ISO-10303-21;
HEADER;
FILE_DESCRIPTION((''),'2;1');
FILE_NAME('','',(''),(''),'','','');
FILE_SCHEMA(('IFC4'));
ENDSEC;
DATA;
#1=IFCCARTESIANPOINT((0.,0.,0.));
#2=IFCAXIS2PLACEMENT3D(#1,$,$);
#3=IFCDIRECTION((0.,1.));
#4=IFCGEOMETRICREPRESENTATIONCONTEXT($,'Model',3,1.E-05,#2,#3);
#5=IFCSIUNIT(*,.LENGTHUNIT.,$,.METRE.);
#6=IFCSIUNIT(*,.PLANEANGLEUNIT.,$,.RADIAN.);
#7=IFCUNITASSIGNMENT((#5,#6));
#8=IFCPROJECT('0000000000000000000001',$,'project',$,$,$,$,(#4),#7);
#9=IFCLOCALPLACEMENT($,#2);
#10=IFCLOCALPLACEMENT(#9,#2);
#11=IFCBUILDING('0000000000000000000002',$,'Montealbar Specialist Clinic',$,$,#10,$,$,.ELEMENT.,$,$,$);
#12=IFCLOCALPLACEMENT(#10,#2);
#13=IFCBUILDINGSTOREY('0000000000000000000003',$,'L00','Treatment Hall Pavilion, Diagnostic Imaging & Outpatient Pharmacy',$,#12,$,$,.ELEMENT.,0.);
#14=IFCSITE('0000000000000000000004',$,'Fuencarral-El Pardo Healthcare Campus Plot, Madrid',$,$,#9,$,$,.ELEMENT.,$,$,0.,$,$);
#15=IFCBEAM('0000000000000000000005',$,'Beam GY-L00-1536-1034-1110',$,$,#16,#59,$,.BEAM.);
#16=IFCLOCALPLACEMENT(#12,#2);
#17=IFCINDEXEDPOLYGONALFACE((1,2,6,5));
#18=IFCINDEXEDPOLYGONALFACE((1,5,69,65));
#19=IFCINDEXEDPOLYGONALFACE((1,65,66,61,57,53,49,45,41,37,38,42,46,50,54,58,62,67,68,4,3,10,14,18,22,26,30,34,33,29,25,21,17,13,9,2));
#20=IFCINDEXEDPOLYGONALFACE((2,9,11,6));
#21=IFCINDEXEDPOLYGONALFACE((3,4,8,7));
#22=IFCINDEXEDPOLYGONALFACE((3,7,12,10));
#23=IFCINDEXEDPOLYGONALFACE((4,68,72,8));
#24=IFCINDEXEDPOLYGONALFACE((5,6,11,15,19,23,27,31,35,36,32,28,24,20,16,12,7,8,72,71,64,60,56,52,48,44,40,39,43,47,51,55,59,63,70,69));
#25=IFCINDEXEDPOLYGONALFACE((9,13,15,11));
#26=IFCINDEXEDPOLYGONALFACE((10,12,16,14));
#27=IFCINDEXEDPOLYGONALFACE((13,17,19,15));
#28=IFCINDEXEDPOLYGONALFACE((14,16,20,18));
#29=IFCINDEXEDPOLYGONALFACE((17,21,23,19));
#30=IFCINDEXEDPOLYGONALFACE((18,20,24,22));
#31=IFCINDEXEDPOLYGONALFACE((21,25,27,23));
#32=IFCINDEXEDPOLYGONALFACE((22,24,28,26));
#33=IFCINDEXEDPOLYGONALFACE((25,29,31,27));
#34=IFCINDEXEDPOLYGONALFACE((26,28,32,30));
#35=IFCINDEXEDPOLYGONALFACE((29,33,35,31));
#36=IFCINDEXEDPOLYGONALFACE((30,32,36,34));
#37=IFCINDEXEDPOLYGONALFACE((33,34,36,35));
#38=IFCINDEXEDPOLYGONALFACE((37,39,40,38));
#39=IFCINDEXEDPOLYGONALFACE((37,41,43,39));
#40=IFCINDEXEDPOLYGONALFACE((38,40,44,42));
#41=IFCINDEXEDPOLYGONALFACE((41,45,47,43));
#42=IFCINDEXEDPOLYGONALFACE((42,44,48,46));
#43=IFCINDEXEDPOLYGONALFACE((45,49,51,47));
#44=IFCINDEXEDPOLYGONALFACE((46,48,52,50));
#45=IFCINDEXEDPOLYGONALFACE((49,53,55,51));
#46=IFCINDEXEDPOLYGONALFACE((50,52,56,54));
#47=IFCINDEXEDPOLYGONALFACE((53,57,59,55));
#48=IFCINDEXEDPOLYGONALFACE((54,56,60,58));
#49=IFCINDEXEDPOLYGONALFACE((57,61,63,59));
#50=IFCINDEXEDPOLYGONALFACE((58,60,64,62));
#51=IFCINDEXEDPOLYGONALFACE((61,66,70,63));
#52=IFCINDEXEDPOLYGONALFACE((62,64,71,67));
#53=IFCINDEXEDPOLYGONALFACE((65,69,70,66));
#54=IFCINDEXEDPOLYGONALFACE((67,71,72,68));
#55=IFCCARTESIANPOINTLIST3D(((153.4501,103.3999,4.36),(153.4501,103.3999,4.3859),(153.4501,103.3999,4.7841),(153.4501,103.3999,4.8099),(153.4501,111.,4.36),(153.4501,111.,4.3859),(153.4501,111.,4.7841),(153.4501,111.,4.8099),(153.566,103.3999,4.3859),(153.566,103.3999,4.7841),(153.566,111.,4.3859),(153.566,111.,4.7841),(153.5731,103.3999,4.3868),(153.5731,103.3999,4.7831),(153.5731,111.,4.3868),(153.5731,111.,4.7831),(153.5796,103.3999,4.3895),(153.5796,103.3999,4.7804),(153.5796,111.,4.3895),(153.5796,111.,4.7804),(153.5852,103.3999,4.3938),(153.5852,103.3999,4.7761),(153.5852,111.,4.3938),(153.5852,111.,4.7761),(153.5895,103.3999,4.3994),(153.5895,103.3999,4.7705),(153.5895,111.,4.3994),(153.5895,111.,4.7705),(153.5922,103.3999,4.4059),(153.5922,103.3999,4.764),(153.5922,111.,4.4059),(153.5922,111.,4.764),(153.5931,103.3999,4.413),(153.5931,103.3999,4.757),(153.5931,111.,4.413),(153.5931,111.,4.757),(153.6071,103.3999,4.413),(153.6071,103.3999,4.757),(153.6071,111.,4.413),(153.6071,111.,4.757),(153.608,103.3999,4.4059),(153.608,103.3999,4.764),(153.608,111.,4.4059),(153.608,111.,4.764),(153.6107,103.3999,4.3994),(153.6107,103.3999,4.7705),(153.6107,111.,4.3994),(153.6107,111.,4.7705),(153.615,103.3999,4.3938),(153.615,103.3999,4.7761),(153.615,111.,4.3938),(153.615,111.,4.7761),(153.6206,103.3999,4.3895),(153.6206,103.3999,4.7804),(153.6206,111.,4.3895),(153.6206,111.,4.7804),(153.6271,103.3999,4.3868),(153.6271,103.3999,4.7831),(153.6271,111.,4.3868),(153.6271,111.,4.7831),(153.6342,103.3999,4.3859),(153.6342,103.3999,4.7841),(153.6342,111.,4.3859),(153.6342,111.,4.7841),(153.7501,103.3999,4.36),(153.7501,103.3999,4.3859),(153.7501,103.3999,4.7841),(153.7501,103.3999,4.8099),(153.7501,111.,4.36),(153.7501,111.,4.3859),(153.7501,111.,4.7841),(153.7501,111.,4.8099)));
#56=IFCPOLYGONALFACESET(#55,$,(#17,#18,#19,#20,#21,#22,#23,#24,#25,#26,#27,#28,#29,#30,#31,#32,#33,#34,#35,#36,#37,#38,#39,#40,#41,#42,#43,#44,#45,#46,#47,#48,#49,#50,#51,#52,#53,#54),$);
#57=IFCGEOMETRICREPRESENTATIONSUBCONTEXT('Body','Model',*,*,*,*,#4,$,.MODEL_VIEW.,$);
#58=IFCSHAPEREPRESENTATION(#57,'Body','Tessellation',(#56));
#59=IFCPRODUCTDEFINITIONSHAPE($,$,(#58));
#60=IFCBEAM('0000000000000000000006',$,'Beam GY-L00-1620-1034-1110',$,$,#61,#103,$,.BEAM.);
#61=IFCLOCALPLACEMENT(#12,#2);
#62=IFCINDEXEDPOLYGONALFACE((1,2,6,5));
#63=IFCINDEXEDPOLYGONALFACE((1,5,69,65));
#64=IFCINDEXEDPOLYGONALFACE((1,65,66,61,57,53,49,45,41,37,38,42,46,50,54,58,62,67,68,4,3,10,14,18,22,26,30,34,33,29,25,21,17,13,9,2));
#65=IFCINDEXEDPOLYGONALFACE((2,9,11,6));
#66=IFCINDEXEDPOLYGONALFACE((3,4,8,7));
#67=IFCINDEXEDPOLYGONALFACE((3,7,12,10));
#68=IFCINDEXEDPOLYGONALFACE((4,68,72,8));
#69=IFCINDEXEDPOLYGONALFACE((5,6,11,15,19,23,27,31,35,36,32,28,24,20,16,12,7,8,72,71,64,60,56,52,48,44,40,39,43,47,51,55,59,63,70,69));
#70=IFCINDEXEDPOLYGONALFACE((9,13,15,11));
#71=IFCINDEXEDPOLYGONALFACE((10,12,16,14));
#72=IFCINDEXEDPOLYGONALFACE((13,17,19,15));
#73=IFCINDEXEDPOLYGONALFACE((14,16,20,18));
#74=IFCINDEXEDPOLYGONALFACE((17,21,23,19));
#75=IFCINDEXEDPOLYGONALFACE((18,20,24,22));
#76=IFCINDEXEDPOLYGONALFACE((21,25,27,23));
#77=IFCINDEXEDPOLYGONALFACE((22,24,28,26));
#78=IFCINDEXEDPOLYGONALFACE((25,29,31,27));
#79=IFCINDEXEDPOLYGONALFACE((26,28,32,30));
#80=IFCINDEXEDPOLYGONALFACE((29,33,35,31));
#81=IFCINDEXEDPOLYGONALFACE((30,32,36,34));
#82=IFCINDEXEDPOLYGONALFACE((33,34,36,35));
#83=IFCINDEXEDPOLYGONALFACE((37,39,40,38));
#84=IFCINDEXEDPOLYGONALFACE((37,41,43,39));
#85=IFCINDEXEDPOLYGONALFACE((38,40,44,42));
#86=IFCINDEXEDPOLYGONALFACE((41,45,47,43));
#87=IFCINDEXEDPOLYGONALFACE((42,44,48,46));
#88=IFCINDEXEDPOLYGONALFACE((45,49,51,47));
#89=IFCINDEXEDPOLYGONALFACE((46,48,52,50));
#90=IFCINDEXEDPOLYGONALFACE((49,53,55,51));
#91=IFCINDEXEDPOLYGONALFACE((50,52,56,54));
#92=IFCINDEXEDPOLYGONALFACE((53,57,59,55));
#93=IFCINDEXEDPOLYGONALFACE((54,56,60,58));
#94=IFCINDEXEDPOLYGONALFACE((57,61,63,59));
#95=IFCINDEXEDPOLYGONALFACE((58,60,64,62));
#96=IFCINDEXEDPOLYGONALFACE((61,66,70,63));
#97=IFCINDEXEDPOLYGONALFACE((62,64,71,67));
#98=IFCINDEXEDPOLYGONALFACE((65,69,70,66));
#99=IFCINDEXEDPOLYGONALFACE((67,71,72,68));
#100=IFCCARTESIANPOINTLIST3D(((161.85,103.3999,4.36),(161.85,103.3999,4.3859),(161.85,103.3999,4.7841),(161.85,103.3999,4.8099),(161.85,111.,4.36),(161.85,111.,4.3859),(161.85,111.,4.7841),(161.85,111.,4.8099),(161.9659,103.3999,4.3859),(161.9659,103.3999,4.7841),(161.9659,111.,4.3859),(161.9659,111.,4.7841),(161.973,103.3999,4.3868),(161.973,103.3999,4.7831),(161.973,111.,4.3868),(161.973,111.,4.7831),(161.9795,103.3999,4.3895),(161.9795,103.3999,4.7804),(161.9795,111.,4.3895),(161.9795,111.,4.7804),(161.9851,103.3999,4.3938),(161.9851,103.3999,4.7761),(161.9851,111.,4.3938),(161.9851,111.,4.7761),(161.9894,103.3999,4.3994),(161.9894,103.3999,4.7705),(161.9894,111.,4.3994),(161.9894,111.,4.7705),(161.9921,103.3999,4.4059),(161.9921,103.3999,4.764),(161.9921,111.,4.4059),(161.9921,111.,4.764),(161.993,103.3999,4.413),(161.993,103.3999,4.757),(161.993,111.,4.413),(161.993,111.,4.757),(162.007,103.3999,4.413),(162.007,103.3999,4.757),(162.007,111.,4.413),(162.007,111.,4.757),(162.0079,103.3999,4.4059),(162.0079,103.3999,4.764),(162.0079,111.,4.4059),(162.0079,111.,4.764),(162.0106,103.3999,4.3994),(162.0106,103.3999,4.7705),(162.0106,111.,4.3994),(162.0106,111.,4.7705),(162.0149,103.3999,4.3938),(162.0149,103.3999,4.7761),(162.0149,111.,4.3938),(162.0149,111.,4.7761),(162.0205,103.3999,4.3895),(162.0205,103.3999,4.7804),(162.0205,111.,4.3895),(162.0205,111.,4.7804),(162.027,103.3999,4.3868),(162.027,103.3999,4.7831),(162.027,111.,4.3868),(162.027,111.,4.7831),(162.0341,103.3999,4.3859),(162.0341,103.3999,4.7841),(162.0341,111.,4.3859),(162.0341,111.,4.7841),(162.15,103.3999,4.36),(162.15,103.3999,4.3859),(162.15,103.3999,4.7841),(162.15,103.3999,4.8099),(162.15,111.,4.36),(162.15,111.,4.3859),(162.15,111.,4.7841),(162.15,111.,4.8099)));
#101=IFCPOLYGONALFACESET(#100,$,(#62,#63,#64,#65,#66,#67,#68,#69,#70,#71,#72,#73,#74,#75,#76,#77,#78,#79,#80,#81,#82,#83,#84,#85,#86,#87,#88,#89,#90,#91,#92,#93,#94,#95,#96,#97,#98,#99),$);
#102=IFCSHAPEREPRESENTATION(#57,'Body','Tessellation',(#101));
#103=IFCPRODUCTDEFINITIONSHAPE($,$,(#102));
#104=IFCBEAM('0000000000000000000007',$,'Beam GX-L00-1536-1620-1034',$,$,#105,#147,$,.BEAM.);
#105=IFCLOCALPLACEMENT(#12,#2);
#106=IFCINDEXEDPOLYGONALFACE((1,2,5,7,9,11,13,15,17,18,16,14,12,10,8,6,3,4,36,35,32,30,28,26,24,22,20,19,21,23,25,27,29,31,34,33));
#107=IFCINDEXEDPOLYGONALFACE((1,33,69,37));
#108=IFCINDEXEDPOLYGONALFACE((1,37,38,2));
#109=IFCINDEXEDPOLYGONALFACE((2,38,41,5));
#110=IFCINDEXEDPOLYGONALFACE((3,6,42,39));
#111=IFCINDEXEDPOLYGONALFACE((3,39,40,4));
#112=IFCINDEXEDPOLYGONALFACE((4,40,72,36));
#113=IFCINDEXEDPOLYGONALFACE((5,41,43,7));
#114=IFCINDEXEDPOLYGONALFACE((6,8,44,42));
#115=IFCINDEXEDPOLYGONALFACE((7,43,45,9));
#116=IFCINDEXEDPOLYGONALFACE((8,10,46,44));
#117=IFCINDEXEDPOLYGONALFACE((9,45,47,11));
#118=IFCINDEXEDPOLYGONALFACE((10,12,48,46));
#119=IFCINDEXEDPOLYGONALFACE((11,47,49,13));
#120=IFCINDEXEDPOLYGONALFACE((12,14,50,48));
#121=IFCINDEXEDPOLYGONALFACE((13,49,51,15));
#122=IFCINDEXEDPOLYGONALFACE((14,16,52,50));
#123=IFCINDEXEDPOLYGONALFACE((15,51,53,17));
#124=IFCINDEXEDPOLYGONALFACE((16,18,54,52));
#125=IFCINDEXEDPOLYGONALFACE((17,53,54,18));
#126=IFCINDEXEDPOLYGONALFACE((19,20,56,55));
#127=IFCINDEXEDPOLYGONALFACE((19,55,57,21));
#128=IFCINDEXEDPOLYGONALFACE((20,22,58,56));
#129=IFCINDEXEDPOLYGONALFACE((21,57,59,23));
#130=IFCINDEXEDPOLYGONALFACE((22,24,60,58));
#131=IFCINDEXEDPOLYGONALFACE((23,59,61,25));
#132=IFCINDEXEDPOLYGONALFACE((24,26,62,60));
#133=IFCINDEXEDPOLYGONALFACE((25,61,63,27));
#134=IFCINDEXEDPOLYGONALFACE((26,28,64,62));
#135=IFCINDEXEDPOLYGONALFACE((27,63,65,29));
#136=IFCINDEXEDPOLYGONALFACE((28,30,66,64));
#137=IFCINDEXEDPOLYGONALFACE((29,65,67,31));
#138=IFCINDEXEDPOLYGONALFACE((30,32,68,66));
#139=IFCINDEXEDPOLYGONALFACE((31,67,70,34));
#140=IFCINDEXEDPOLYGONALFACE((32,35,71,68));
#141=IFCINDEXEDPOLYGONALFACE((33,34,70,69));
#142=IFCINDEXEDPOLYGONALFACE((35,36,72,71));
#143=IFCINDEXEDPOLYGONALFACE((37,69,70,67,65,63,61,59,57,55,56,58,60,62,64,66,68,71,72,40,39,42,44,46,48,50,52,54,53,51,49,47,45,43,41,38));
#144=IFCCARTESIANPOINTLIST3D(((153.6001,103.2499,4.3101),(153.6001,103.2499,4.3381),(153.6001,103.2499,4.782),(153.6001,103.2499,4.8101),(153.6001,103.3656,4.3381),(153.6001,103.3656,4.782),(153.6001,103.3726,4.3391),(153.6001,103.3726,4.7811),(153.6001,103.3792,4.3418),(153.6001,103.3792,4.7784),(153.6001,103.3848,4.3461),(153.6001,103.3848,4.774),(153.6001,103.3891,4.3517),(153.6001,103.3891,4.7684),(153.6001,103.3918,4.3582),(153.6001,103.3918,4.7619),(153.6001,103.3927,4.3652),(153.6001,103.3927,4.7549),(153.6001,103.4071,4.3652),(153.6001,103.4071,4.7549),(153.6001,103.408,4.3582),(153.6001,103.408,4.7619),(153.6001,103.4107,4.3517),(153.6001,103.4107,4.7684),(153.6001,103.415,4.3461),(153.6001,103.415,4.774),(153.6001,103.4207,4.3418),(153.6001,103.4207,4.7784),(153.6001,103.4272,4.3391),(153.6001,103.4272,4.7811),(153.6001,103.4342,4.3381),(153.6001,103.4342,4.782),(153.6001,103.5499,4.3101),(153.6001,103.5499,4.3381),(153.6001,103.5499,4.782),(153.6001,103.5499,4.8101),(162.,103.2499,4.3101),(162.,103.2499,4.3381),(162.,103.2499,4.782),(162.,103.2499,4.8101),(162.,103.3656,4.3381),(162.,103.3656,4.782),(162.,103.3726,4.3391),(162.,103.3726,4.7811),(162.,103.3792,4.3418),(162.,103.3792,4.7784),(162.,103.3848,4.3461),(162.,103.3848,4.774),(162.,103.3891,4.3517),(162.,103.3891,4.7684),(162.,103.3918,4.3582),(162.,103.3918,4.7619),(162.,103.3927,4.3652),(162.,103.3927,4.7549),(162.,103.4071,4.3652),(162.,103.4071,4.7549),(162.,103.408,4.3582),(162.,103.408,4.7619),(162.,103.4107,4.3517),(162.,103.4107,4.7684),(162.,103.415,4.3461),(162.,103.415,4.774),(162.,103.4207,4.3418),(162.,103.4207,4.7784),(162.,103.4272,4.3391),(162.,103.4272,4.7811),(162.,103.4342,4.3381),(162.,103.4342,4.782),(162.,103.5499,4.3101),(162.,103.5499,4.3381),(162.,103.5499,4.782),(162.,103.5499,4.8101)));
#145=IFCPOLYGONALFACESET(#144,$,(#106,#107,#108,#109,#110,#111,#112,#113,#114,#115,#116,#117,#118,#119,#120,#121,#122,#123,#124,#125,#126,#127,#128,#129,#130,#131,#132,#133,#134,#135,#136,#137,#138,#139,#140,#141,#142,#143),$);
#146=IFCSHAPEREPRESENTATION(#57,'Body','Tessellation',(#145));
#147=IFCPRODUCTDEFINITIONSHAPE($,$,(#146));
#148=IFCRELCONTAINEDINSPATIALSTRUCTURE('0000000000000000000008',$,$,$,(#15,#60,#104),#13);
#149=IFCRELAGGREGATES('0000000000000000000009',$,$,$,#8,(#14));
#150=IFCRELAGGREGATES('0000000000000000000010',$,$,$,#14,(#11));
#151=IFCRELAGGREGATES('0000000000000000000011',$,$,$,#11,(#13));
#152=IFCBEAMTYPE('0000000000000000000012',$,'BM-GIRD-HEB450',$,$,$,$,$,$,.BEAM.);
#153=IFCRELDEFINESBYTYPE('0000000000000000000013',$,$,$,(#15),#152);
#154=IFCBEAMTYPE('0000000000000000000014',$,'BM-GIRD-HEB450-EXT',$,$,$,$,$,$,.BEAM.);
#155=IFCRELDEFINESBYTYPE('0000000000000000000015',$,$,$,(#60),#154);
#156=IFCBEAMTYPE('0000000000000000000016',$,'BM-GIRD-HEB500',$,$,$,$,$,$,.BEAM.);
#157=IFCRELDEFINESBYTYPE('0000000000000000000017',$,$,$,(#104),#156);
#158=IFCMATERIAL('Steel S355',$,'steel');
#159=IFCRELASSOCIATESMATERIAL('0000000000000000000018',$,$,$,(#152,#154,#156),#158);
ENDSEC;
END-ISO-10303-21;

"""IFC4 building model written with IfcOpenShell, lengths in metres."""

from ifc_helpers import new_model, si_unit, direction, frame, origin, origin_2d, place, context, subcontext, project, spatial, i_section, extrude, material, material_profile, profile_set, type_object, element, save


model = new_model("IFC4")

# Units and contexts
model_context = context("Model", 3, precision=1e-05, world=origin(), true_north=direction((0.0, 1.0)))
body_context = subcontext(model_context, "Body", "Model", "MODEL_VIEW")
ifc_project = project(units=[si_unit("LENGTHUNIT", "METRE"), si_unit("PLANEANGLEUNIT", "RADIAN")], contexts=[model_context])

# Site, building, storey
site_placement = place(None, origin())
site = spatial("IfcSite", under=ifc_project, at=site_placement, Name="Fuencarral-El Pardo Healthcare Campus Plot, Madrid", CompositionType="ELEMENT", RefElevation=0.0)
building_placement = place(site_placement, origin())
building = spatial("IfcBuilding", under=site, at=building_placement, Name="Montealbar Specialist Clinic", CompositionType="ELEMENT")
storey_placement = place(building_placement, origin())
storey = spatial("IfcBuildingStorey", under=building, at=storey_placement, Name="L00", Description="Treatment Hall Pavilion, Diagnostic Imaging & Outpatient Pharmacy", CompositionType="ELEMENT", Elevation=0.0)

# Shared definitions
ifc_material_1 = material(Name="Steel S355", Category="steel")

# Beams
ifc_material_profile_1 = material_profile(ifc_material_1, i_section(OverallWidth=0.3, OverallDepth=0.45, WebThickness=0.0139, FlangeThickness=0.0259, FilletRadius=0.0271, at=origin_2d()), Name="HEB 450", Category="steel")
ifc_profile_set_1 = profile_set([ifc_material_profile_1], Name="Steel S355")
beam_type_1 = type_object("IfcBeamType", Name="BM-GIRD-HEB450", PredefinedType="BEAM", material=ifc_profile_set_1)
beam_1_placement = place(storey_placement, frame((153.6001, 103.3999, 4.585), z_axis=(0.0, 1.0, 0.0), x_axis=(-1.0, 0.0, 0.0)))
element("IfcBeam", 1, at=beam_1_placement, inside=storey, type_object=beam_type_1, Name="Beam GY-L00-1536-1034-1110", PredefinedType="BEAM", context=body_context, shape_type="SweptSolid", body=[
    extrude(i_section(OverallWidth=0.3, OverallDepth=0.45, WebThickness=0.0139, FlangeThickness=0.0259, FilletRadius=0.0271, at=origin_2d()), origin(), (0.0, 0.0, 1.0), 7.6001),
])
ifc_material_profile_2 = material_profile(ifc_material_1, i_section(OverallWidth=0.3, OverallDepth=0.45, WebThickness=0.0139, FlangeThickness=0.0259, FilletRadius=0.0271, at=origin_2d()), Name="HEB 450", Category="steel")
ifc_profile_set_2 = profile_set([ifc_material_profile_2], Name="Steel S355")
beam_type_2 = type_object("IfcBeamType", Name="BM-GIRD-HEB450-EXT", PredefinedType="BEAM", material=ifc_profile_set_2)
beam_2_placement = place(storey_placement, frame((162.0, 103.3999, 4.585), z_axis=(0.0, 1.0, 0.0), x_axis=(-1.0, 0.0, 0.0)))
element("IfcBeam", 2, at=beam_2_placement, inside=storey, type_object=beam_type_2, Name="Beam GY-L00-1620-1034-1110", PredefinedType="BEAM", context=body_context, shape_type="SweptSolid", body=[
    extrude(i_section(OverallWidth=0.3, OverallDepth=0.45, WebThickness=0.0139, FlangeThickness=0.0259, FilletRadius=0.0271, at=origin_2d()), origin(), (0.0, 0.0, 1.0), 7.6001),
])
ifc_material_profile_3 = material_profile(ifc_material_1, i_section(OverallWidth=0.3, OverallDepth=0.5, WebThickness=0.0144, FlangeThickness=0.0281, FilletRadius=0.0271, at=origin_2d()), Name="HEB 500", Category="steel")
ifc_profile_set_3 = profile_set([ifc_material_profile_3], Name="Steel S355")
beam_type_3 = type_object("IfcBeamType", Name="BM-GIRD-HEB500", PredefinedType="BEAM", material=ifc_profile_set_3)
beam_3_placement = place(storey_placement, frame((153.6001, 103.3999, 4.5601), z_axis=(1.0, 0.0, 0.0), x_axis=(0.0, 1.0, 0.0)))
element("IfcBeam", 3, at=beam_3_placement, inside=storey, type_object=beam_type_3, Name="Beam GX-L00-1536-1620-1034", PredefinedType="BEAM", context=body_context, shape_type="SweptSolid", body=[
    extrude(i_section(OverallWidth=0.3, OverallDepth=0.5, WebThickness=0.0144, FlangeThickness=0.0281, FilletRadius=0.0271, at=origin_2d()), origin(), (0.0, 0.0, 1.0), 8.3999),
])

save(model, "model.ifc")
